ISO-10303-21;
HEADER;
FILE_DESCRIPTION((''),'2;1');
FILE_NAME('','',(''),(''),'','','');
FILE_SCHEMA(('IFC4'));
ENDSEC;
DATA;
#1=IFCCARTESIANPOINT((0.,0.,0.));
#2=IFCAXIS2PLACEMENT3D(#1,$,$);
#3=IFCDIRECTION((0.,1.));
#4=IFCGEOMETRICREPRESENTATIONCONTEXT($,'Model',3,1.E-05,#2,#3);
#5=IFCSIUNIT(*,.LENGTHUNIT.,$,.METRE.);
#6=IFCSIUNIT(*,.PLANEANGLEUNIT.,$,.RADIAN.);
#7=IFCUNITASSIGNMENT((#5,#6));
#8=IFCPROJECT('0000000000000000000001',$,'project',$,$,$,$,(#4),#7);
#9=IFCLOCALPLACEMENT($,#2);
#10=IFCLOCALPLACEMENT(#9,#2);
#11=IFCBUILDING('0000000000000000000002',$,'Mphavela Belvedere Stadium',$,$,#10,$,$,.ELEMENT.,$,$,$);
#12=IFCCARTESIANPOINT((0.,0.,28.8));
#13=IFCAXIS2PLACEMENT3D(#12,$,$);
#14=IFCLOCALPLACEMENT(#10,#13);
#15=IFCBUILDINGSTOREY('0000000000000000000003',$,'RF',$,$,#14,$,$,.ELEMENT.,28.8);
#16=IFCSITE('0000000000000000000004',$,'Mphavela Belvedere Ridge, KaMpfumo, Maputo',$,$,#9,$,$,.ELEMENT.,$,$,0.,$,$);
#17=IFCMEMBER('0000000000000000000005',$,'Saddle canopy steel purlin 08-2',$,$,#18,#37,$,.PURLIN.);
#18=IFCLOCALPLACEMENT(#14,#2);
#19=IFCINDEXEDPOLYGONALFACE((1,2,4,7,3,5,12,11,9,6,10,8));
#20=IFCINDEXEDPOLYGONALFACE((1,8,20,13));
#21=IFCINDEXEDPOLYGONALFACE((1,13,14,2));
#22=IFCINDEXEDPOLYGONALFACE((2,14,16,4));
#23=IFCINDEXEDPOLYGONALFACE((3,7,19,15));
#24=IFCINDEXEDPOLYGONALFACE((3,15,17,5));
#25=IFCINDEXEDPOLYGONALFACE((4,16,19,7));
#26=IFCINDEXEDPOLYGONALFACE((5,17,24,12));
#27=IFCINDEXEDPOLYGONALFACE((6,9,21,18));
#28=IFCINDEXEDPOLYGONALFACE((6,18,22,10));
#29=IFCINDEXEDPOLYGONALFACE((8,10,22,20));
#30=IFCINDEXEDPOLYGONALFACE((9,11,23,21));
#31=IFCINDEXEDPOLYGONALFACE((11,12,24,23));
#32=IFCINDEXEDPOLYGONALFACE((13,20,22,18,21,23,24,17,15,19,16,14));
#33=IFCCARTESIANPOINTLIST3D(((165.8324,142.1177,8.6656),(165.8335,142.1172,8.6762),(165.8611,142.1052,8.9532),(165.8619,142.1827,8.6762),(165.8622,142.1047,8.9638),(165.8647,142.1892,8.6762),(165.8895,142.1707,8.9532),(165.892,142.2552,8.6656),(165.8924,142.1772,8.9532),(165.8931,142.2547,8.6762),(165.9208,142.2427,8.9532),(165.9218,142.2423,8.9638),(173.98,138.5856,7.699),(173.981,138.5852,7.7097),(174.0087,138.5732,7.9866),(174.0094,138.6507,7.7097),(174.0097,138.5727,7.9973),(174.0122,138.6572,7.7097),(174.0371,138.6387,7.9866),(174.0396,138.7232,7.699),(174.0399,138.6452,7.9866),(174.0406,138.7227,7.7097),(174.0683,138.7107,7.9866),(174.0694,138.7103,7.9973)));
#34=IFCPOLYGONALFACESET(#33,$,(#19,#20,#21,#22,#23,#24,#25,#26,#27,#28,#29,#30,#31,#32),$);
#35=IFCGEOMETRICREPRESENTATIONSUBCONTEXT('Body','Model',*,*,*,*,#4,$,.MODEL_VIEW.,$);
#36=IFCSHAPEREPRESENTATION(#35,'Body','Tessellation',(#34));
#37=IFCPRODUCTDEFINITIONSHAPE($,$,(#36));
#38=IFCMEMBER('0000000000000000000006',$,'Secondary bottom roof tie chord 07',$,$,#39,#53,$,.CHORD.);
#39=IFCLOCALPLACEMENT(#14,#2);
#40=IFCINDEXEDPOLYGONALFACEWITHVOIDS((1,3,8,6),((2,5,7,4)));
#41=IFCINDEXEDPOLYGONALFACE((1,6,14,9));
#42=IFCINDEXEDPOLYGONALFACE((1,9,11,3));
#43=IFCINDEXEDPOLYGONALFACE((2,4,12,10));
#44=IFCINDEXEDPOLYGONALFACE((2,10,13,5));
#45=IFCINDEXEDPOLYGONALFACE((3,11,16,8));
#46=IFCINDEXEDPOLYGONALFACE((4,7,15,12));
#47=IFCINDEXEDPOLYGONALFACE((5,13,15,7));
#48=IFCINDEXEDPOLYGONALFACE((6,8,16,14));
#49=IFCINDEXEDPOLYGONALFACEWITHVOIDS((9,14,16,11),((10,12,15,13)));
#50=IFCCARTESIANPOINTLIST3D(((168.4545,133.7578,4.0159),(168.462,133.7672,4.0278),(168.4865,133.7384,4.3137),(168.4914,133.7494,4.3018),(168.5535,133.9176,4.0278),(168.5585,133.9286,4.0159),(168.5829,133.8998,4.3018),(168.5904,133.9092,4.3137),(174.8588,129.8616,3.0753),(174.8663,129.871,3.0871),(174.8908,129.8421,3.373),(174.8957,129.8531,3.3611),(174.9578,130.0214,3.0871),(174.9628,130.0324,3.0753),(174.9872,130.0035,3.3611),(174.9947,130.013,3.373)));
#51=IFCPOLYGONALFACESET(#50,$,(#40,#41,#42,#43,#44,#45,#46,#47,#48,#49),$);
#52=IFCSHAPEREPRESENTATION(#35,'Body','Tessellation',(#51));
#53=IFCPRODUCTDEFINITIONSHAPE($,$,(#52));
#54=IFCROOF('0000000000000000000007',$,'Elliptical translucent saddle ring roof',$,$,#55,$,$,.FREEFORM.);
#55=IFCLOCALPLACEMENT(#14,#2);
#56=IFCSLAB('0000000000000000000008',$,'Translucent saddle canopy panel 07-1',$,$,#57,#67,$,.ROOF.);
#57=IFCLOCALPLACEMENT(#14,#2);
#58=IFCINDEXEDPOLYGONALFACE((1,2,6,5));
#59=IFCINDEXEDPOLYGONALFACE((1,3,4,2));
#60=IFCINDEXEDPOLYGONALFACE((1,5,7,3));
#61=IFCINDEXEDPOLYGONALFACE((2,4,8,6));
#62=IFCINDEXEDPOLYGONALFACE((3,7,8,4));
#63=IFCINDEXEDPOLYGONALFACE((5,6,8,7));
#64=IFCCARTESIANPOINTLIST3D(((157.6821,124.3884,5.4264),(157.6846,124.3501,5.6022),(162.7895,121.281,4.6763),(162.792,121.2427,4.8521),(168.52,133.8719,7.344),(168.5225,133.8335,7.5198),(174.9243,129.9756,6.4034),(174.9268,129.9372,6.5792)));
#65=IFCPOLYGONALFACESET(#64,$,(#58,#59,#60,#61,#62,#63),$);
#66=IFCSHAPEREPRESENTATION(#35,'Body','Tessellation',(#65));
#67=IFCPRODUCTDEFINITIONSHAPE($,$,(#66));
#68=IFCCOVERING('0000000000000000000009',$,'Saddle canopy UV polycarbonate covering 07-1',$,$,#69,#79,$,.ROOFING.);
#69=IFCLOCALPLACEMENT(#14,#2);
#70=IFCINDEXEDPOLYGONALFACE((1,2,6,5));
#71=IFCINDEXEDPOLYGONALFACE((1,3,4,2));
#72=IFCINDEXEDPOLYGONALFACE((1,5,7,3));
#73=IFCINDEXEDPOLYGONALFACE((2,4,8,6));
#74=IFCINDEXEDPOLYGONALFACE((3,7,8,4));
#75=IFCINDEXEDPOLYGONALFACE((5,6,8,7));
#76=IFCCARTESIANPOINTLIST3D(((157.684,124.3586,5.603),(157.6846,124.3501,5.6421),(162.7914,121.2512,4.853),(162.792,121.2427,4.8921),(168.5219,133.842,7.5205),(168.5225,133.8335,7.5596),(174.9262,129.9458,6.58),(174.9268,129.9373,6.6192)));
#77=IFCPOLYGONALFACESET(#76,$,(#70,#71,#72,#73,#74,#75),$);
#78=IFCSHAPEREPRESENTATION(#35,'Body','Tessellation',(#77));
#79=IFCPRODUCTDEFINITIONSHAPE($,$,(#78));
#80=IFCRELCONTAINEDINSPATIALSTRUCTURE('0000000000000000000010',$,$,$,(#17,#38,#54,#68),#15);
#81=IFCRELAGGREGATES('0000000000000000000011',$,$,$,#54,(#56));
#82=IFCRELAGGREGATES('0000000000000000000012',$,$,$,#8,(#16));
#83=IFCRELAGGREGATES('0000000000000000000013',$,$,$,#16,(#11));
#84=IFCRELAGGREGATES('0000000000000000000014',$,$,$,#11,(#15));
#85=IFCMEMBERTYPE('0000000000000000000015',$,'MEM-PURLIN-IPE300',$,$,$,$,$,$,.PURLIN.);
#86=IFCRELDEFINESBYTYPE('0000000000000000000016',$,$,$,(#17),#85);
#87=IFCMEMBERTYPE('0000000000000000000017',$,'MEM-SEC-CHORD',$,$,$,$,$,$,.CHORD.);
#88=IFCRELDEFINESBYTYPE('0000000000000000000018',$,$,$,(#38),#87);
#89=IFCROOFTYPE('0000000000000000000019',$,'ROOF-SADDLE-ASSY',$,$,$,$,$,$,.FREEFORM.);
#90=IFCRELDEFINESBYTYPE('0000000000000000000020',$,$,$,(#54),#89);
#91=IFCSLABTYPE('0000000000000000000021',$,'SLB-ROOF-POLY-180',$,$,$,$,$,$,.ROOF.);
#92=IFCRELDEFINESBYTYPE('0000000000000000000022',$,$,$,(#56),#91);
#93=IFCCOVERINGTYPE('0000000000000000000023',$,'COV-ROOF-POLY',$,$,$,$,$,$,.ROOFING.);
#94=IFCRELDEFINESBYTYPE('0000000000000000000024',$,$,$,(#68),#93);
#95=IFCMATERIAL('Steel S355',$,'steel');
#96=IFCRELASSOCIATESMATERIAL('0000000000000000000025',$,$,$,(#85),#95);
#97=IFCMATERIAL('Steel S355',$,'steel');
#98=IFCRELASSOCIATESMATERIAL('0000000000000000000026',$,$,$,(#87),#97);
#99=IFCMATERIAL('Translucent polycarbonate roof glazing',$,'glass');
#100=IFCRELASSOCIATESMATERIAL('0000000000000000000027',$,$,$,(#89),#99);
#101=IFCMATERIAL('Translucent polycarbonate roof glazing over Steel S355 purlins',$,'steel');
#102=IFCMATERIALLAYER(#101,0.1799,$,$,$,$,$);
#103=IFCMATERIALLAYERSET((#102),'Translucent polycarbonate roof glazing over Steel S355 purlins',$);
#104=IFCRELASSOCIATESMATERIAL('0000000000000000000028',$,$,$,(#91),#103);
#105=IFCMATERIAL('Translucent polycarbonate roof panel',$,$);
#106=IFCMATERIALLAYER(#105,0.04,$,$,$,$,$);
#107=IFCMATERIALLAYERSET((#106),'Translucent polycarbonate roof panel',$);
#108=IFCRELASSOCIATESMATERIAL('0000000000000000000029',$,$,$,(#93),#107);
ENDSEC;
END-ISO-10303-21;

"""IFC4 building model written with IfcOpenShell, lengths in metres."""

from ifc_helpers import new_model, si_unit, direction, frame, origin, origin_2d, place, context, subcontext, project, spatial, polyline, hollow_rectangle, i_section, outline, extrude, material, layer, layer_set, material_profile, profile_set, type_object, element, aggregate, save


model = new_model("IFC4")

# Units and contexts
model_context = context("Model", 3, precision=1e-05, world=origin(), true_north=direction((0.0, 1.0)))
body_context = subcontext(model_context, "Body", "Model", "MODEL_VIEW")
ifc_project = project(units=[si_unit("LENGTHUNIT", "METRE"), si_unit("PLANEANGLEUNIT", "RADIAN")], contexts=[model_context])

# Site, building, storey
site_placement = place(None, origin())
site = spatial("IfcSite", under=ifc_project, at=site_placement, Name="Mphavela Belvedere Ridge, KaMpfumo, Maputo", CompositionType="ELEMENT", RefElevation=0.0)
building_placement = place(site_placement, origin())
building = spatial("IfcBuilding", under=site, at=building_placement, Name="Mphavela Belvedere Stadium", CompositionType="ELEMENT")
storey_placement = place(building_placement, frame((0.0, 0.0, 28.8)))
storey = spatial("IfcBuildingStorey", under=building, at=storey_placement, Name="RF", CompositionType="ELEMENT", Elevation=28.8)

# Members
ifc_material_1 = material(Name="Steel S355", Category="steel")
ifc_material_profile_1 = material_profile(ifc_material_1, i_section(OverallWidth=0.1499, OverallDepth=0.3, WebThickness=0.0071, FlangeThickness=0.0107, at=origin_2d()), Name="IPE 300")
ifc_profile_set_1 = profile_set([ifc_material_profile_1], Name="Steel S355")
member_type_1 = type_object("IfcMemberType", Name="MEM-PURLIN-IPE300", PredefinedType="PURLIN", material=ifc_profile_set_1)
member_1_placement = place(storey_placement, frame((174.0247, 138.6479, 7.8481), z_axis=(-0.91211, 0.395406, 0.108206), x_axis=(-0.397742, -0.917497, 0.0)))
element("IfcMember", 1, at=member_1_placement, inside=storey, type_object=member_type_1, Name="Saddle canopy steel purlin 08-2", PredefinedType="PURLIN", context=body_context, shape_type="SweptSolid", body=[
    extrude(i_section(OverallWidth=0.1499, OverallDepth=0.3, WebThickness=0.0071, FlangeThickness=0.0107, at=origin_2d()), origin(), (0.0, 0.0, 1.0), 8.9326),
])
ifc_material_2 = material(Name="Steel S355", Category="steel")
ifc_material_profile_2 = material_profile(ifc_material_2, hollow_rectangle(XDim=0.2, YDim=0.3, WallThickness=0.012, at=origin_2d()), Name="RHS 300x200x12")
ifc_profile_set_2 = profile_set([ifc_material_profile_2], Name="Steel S355")
member_type_2 = type_object("IfcMemberType", Name="MEM-SEC-CHORD", PredefinedType="CHORD", material=ifc_profile_set_2)
member_2_placement = place(storey_placement, frame((174.9268, 129.9373, 3.2241), z_axis=(-0.847671, 0.515705, 0.124507), x_axis=(-0.51975, -0.854319, 0.0)))
element("IfcMember", 2, at=member_2_placement, inside=storey, type_object=member_type_2, Name="Secondary bottom roof tie chord 07", PredefinedType="CHORD", context=body_context, shape_type="SweptSolid", body=[
    extrude(hollow_rectangle(XDim=0.2, YDim=0.3, WallThickness=0.012, at=origin_2d()), origin(), (0.0, 0.0, 1.0), 7.5552),
])

# Roof, slab
ifc_material_3 = material(Name="Translucent polycarbonate roof glazing", Category="glass")
roof_type = type_object("IfcRoofType", Name="ROOF-SADDLE-ASSY", PredefinedType="FREEFORM", material=ifc_material_3)
roof_placement = place(storey_placement, origin())
roof = element("IfcRoof", 3, at=roof_placement, inside=storey, type_object=roof_type, Name="Elliptical translucent saddle ring roof", PredefinedType="FREEFORM")
ifc_material_4 = material(Name="Translucent polycarbonate roof glazing over Steel S355 purlins", Category="steel")
ifc_layer_1 = layer(ifc_material_4, 0.1799)
ifc_layer_set_1 = layer_set([ifc_layer_1], Name="Translucent polycarbonate roof glazing over Steel S355 purlins")
slab_type = type_object("IfcSlabType", Name="SLB-ROOF-POLY-180", PredefinedType="ROOF", material=ifc_layer_set_1)
slab_1_placement = place(storey_placement, frame((162.792, 121.2427, 4.8521), z_axis=(0.01374, -0.213239, 0.976904), x_axis=(-0.847661, 0.515724, 0.124495)))
slab_1 = element("IfcSlab", 4, at=slab_1_placement, type_object=slab_type, Name="Translucent saddle canopy panel 07-1", PredefinedType="ROOF", context=body_context, shape_type="SweptSolid", body=[
    extrude(outline(polyline([(0.0, 0.0), (6.0253, 0.0), (1.968, -13.9503), (-5.5872, -13.9504), (0.0, 0.0)])), origin(), (0.0, 0.0, -1.0), 0.1799),
])
aggregate(roof, [slab_1])

# Covering
ifc_material_5 = material(Name="Translucent polycarbonate roof panel")
ifc_layer_2 = layer(ifc_material_5, 0.04)
ifc_layer_set_2 = layer_set([ifc_layer_2], Name="Translucent polycarbonate roof panel")
covering_type = type_object("IfcCoveringType", Name="COV-ROOF-POLY", PredefinedType="ROOFING", material=ifc_layer_set_2)
covering_1_placement = place(storey_placement, frame((162.792, 121.2427, 4.8921), z_axis=(0.013733, -0.213217, 0.976908), x_axis=(-0.847662, 0.515728, 0.124478)))
element("IfcCovering", 5, at=covering_1_placement, inside=storey, type_object=covering_type, Name="Saddle canopy UV polycarbonate covering 07-1", PredefinedType="ROOFING", context=body_context, shape_type="SweptSolid", body=[
    extrude(outline(polyline([(0.0, 0.0), (6.0253, 0.0), (1.968, -13.9503), (-5.5872, -13.9504), (0.0, 0.0)])), origin(), (0.0, 0.0, -1.0), 0.04),
])

save(model, "model.ifc")
